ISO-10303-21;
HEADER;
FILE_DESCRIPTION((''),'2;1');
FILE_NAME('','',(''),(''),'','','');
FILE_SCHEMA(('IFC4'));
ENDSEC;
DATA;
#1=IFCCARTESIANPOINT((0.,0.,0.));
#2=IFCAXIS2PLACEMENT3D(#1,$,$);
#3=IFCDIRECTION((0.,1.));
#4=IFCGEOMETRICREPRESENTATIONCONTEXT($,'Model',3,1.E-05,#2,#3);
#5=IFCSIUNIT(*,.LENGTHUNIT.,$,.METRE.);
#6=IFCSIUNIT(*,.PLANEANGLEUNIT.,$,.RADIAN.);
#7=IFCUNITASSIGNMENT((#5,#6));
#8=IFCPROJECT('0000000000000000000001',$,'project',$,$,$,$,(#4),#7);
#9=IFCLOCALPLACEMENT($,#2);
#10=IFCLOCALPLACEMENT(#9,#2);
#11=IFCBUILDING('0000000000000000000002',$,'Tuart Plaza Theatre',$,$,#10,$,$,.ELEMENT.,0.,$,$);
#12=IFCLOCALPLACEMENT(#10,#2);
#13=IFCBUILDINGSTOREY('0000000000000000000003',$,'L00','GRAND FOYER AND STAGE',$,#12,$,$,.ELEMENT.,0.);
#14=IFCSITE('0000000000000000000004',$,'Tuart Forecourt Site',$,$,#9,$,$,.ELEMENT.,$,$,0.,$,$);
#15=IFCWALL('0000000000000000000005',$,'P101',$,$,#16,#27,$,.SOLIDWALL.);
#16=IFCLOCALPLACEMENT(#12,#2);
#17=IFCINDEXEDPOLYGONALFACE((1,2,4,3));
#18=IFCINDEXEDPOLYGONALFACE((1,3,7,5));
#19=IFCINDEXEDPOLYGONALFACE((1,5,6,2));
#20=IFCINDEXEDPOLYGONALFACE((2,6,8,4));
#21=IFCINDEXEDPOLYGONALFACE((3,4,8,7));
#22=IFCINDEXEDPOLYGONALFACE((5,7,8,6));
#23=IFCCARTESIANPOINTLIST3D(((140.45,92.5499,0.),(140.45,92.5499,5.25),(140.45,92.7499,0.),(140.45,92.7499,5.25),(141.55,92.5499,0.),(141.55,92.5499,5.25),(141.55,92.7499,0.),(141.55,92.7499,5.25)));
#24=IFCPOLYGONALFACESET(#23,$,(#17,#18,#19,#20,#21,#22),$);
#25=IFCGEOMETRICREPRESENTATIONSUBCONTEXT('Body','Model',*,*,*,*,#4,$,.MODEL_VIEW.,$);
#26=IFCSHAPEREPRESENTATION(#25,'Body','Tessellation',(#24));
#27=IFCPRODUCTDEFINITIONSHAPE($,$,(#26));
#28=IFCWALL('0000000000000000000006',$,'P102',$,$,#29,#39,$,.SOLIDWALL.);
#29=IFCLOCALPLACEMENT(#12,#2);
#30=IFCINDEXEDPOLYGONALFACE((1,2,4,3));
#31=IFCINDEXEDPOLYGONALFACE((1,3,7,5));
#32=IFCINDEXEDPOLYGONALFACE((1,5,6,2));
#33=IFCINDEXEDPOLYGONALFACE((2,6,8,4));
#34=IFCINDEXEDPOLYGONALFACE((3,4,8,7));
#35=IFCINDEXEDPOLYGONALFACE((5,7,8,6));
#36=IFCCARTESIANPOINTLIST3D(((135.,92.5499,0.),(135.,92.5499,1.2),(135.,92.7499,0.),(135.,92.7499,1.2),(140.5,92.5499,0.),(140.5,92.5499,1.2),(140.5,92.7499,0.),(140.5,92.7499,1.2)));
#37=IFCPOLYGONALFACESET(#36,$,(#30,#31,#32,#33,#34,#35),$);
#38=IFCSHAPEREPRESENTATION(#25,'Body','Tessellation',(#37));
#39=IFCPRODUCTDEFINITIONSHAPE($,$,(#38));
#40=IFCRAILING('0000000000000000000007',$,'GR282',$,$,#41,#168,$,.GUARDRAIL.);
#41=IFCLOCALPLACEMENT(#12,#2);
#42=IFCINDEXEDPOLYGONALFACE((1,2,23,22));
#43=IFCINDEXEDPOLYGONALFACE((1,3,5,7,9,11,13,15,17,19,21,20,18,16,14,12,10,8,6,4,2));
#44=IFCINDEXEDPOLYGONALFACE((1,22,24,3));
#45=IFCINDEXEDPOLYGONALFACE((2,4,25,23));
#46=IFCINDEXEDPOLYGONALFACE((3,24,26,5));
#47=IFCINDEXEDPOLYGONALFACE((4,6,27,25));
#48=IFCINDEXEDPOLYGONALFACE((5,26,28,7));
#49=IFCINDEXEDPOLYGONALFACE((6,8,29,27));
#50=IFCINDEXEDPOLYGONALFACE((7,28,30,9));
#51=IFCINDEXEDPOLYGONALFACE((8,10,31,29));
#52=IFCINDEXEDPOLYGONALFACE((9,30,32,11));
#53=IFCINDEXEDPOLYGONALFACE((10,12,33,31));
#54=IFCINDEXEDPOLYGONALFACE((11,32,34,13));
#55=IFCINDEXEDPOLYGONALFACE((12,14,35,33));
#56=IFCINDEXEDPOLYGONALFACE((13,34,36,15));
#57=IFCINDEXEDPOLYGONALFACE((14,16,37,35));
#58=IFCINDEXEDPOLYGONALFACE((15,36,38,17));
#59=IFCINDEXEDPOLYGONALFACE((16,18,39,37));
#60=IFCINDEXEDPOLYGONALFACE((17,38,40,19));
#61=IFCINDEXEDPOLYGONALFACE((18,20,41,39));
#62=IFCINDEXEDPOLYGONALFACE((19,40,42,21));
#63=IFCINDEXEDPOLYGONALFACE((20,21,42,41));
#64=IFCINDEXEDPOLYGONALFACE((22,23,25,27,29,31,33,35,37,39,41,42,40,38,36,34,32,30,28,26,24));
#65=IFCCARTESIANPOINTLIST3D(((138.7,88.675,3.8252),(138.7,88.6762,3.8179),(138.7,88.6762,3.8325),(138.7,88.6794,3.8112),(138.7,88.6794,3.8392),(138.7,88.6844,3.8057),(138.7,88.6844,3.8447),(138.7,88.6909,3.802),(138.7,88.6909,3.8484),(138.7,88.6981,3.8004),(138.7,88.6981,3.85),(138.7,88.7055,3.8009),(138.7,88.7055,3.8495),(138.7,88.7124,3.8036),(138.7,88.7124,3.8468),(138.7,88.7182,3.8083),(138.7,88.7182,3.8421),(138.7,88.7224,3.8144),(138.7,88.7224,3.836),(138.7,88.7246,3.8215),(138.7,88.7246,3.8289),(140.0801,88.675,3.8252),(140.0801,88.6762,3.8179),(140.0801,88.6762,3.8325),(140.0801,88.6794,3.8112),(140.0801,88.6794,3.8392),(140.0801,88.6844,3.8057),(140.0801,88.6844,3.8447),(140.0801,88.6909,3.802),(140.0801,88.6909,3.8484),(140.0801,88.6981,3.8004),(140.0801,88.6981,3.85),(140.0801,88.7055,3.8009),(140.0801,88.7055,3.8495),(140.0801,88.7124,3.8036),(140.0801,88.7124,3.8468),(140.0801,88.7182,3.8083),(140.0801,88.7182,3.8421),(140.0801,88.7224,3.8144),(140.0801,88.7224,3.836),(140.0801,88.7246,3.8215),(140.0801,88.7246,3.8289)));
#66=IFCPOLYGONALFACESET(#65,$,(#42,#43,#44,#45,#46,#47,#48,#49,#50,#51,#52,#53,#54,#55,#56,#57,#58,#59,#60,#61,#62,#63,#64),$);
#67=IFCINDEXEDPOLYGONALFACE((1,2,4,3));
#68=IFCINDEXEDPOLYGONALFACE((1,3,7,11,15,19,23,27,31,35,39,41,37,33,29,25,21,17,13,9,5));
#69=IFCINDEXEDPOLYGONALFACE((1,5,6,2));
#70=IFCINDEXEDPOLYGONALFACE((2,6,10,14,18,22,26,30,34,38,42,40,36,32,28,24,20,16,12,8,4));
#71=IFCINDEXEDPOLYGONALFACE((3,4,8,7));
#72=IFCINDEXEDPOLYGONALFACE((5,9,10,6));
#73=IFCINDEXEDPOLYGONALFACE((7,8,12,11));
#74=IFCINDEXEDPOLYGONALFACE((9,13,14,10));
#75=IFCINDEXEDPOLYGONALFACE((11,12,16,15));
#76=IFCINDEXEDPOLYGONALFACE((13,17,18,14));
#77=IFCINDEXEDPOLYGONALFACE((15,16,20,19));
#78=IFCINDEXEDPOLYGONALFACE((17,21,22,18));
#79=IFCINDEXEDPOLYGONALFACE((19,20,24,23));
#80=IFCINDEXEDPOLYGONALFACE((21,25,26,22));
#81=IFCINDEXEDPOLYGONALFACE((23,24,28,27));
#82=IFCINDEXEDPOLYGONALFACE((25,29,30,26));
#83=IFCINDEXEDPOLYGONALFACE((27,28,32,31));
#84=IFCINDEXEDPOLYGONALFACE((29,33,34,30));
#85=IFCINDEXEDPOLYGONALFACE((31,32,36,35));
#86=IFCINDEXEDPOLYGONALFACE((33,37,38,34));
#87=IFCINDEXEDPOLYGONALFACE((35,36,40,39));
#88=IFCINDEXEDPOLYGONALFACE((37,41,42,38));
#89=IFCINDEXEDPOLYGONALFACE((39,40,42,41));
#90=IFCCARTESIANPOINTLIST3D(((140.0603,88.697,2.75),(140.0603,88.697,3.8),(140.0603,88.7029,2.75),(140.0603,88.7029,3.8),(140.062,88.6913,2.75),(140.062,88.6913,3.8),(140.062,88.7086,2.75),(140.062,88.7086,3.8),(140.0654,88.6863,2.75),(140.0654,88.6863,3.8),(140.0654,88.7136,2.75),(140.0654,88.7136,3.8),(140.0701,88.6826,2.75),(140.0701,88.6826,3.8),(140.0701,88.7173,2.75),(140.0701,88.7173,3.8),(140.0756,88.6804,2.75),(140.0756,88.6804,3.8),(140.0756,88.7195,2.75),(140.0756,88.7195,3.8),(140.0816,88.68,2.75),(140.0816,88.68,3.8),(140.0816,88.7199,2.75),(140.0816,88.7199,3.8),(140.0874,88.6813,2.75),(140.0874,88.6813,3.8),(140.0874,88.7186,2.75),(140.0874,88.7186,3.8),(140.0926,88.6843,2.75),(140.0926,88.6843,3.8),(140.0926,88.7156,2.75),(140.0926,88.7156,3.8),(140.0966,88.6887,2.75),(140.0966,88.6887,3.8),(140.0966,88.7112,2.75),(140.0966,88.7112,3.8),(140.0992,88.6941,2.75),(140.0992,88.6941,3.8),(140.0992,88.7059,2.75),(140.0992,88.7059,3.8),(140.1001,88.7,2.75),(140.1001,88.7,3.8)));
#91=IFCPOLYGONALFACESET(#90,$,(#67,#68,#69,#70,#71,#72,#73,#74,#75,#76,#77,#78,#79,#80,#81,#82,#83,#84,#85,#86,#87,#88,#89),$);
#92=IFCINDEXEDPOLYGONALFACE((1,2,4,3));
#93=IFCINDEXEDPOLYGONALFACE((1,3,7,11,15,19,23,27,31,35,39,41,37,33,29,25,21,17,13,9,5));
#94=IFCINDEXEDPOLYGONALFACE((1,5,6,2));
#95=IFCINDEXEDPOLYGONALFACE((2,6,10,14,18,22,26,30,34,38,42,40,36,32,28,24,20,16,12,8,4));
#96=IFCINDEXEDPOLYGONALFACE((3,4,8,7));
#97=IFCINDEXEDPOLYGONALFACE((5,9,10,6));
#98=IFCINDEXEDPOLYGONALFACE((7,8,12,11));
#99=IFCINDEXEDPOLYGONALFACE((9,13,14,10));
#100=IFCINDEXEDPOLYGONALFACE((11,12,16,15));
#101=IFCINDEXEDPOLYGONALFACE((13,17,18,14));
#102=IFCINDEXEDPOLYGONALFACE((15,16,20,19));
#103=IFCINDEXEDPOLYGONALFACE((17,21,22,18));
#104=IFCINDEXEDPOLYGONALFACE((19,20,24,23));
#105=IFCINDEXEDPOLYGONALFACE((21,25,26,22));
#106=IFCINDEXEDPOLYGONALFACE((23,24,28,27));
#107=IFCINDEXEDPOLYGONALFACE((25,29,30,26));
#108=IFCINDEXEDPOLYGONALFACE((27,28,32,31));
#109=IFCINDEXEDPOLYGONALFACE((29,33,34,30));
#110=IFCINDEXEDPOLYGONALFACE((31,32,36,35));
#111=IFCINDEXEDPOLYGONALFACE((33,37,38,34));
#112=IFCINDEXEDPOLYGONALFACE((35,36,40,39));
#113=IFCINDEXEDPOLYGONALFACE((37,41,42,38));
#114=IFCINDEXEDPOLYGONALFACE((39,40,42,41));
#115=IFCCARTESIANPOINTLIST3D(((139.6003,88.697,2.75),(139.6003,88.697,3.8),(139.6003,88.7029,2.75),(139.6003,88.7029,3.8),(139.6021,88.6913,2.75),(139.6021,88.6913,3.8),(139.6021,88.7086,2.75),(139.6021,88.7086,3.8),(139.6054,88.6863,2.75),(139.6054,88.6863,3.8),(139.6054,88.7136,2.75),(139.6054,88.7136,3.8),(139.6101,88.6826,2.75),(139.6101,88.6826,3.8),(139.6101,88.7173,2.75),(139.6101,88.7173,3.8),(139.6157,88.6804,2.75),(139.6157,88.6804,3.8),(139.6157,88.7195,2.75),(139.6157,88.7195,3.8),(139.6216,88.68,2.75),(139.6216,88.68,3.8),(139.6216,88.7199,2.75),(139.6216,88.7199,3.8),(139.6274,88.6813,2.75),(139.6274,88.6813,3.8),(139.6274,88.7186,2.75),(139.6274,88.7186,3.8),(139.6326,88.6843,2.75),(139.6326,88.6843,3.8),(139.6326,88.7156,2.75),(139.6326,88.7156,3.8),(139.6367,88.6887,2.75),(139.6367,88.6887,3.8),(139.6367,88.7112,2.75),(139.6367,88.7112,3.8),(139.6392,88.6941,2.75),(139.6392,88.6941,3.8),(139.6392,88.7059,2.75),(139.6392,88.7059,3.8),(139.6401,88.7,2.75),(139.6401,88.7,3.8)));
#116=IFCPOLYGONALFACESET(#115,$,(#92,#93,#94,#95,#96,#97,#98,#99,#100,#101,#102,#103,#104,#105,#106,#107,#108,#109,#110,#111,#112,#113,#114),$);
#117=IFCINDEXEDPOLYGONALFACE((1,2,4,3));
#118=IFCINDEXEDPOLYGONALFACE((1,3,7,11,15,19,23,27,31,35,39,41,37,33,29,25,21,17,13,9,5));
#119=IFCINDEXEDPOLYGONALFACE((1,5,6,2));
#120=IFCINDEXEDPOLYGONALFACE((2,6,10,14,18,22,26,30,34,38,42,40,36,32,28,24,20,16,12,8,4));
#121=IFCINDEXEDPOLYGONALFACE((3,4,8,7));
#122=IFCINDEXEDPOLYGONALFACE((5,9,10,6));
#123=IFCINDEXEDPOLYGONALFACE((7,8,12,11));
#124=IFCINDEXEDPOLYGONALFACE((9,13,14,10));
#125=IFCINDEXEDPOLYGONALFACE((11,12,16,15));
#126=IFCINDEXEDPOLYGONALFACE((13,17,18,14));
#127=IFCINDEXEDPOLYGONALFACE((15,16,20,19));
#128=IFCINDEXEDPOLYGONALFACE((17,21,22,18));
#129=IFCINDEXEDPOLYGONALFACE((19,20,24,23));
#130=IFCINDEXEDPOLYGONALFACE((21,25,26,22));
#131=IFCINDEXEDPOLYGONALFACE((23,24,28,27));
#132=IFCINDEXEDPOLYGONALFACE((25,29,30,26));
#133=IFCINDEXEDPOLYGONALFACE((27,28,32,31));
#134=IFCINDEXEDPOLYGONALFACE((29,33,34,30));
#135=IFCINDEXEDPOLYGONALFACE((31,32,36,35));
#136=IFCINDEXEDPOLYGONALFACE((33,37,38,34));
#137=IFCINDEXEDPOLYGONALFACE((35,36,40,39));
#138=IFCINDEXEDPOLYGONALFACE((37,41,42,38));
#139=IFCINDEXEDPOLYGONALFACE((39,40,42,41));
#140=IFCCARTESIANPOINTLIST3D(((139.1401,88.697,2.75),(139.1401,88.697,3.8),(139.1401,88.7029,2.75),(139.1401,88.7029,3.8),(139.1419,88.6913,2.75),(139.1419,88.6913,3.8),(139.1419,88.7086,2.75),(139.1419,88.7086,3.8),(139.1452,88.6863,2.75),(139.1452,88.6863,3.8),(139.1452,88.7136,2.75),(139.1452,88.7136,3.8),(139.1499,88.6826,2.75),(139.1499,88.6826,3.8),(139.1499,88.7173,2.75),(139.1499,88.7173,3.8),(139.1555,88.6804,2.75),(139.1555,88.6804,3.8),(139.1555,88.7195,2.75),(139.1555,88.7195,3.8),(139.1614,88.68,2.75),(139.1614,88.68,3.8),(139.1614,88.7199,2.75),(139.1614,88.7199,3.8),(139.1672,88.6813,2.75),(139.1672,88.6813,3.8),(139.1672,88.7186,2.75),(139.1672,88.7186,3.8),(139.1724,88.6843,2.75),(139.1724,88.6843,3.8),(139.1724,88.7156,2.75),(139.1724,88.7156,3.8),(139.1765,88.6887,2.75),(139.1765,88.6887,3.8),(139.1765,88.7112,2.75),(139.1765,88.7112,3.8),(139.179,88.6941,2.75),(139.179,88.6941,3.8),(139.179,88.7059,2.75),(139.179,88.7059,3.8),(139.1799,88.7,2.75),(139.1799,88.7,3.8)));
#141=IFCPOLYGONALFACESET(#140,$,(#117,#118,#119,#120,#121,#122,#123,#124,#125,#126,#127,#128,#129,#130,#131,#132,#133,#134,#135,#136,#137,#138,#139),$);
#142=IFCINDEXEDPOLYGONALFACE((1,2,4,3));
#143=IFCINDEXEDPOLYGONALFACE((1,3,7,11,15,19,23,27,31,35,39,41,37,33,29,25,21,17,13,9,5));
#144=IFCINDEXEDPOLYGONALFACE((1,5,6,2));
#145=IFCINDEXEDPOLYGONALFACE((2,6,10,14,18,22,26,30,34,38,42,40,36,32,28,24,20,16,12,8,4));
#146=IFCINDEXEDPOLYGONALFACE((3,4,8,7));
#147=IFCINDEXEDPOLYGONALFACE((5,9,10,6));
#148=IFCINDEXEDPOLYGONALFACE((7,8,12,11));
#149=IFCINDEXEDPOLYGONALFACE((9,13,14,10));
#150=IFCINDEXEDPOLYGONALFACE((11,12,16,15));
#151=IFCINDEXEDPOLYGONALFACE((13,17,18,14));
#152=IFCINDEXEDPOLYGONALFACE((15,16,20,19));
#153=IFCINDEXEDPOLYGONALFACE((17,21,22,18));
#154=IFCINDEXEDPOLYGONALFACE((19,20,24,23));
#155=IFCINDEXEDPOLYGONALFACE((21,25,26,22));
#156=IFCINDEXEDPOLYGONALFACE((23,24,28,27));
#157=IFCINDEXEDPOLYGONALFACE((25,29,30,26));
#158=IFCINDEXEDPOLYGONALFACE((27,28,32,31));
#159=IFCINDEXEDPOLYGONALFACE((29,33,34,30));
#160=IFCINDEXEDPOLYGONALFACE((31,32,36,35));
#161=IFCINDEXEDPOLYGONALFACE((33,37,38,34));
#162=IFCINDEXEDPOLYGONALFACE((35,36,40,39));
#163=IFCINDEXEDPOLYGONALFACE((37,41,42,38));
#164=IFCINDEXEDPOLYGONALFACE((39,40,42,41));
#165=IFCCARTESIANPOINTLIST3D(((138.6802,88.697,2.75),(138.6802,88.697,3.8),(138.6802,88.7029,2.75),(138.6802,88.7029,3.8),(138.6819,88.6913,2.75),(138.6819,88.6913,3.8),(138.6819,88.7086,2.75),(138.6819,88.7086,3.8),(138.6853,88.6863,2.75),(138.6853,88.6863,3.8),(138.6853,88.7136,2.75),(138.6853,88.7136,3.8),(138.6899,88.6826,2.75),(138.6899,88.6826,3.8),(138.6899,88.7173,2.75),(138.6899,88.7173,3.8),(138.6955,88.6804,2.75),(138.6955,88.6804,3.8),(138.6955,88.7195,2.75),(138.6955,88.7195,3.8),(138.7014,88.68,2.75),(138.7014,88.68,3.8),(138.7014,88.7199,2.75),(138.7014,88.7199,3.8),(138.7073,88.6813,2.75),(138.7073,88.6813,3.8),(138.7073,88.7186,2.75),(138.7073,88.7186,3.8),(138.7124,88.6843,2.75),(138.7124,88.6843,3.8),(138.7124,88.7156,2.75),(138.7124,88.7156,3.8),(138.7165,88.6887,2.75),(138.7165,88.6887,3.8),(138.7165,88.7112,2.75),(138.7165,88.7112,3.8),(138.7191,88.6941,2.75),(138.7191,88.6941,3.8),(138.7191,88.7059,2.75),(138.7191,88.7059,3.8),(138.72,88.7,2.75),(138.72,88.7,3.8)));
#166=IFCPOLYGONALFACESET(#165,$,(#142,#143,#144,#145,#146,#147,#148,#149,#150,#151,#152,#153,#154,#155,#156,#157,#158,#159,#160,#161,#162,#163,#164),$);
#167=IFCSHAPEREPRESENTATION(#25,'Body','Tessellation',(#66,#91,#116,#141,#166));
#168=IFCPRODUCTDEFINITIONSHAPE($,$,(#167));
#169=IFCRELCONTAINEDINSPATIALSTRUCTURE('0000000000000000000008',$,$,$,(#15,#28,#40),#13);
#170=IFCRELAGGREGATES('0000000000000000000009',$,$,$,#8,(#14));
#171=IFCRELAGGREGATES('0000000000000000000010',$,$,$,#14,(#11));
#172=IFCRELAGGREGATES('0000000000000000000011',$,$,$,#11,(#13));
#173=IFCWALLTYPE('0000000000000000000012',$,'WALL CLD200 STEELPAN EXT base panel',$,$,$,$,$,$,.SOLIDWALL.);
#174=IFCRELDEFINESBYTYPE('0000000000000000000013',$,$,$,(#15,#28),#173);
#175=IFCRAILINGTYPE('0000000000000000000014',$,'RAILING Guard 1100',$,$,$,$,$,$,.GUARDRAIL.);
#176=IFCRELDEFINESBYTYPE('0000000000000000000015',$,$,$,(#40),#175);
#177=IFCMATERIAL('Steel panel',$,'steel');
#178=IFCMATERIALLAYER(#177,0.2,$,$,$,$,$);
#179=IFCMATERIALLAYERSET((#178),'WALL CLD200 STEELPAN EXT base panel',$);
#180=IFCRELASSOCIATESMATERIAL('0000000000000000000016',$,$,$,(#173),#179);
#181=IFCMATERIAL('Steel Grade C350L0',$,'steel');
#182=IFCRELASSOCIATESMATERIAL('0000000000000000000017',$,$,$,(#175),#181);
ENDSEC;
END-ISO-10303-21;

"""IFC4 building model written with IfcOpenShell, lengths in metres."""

from ifc_helpers import new_model, si_unit, direction, frame, frame_2d, origin, origin_2d, place, context, subcontext, project, spatial, rectangle, circle, extrude, material, layer, layer_set, type_object, element, save


model = new_model("IFC4")

# Units and contexts
model_context = context("Model", 3, precision=1e-05, world=origin(), true_north=direction((0.0, 1.0)))
body_context = subcontext(model_context, "Body", "Model", "MODEL_VIEW")
ifc_project = project(units=[si_unit("LENGTHUNIT", "METRE"), si_unit("PLANEANGLEUNIT", "RADIAN")], contexts=[model_context])

# Site, building, storey
site_placement = place(None, origin())
site = spatial("IfcSite", under=ifc_project, at=site_placement, Name="Tuart Forecourt Site", CompositionType="ELEMENT", RefElevation=0.0)
building_placement = place(site_placement, origin())
building = spatial("IfcBuilding", under=site, at=building_placement, Name="Tuart Plaza Theatre", CompositionType="ELEMENT", ElevationOfRefHeight=0.0)
storey_placement = place(building_placement, origin())
storey = spatial("IfcBuildingStorey", under=building, at=storey_placement, Name="L00", Description="GRAND FOYER AND STAGE", CompositionType="ELEMENT", Elevation=0.0)

# Walls
ifc_material_1 = material(Name="Steel panel", Category="steel")
ifc_layer_1 = layer(ifc_material_1, 0.2)
ifc_layer_set_1 = layer_set([ifc_layer_1], Name="WALL CLD200 STEELPAN EXT base panel")
wall_type_1 = type_object("IfcWallType", Name="WALL CLD200 STEELPAN EXT base panel", PredefinedType="SOLIDWALL", material=ifc_layer_set_1)
wall_1_placement = place(storey_placement, frame((141.55, 92.6499, 0.0), z_axis=(0.0, 0.0, 1.0), x_axis=(-1.0, 0.0, 0.0)))
element("IfcWall", 1, at=wall_1_placement, inside=storey, type_object=wall_type_1, Name="P101", PredefinedType="SOLIDWALL", context=body_context, shape_type="SweptSolid", body=[
    extrude(rectangle(XDim=1.1001, YDim=0.2, at=frame_2d((0.55, 0.0))), origin(), (0.0, 0.0, 1.0), 5.25),
])
wall_2_placement = place(storey_placement, frame((140.5, 92.6499, 0.0), z_axis=(0.0, 0.0, 1.0), x_axis=(-1.0, 0.0, 0.0)))
element("IfcWall", 2, at=wall_2_placement, inside=storey, type_object=wall_type_1, Name="P102", PredefinedType="SOLIDWALL", context=body_context, shape_type="SweptSolid", body=[
    extrude(rectangle(XDim=5.5, YDim=0.2, at=frame_2d((2.75, 0.0))), origin(), (0.0, 0.0, 1.0), 1.2),
])

# Railing
ifc_material_2 = material(Name="Steel Grade C350L0", Category="steel")
railing_type_1 = type_object("IfcRailingType", Name="RAILING Guard 1100", PredefinedType="GUARDRAIL", material=ifc_material_2)
railing_1_placement = place(storey_placement, frame((140.0801, 88.7, 2.75)))
element("IfcRailing", 3, at=railing_1_placement, inside=storey, type_object=railing_type_1, Name="GR282", PredefinedType="GUARDRAIL", context=body_context, shape_type="SweptSolid", body=[
    extrude(circle(Radius=0.0249, at=origin_2d()), frame((0.0, 0.0, 1.0752), z_axis=(-1.0, 0.0, 0.0), x_axis=(0.0, -1.0, 0.0)), (0.0, 0.0, 1.0), 1.3801),
    extrude(circle(Radius=0.02, at=origin_2d()), origin(), (0.0, 0.0, 1.0), 1.05),
    extrude(circle(Radius=0.02, at=origin_2d()), frame((-0.46, 0.0, 0.0)), (0.0, 0.0, 1.0), 1.05),
    extrude(circle(Radius=0.02, at=origin_2d()), frame((-0.9202, 0.0, 0.0)), (0.0, 0.0, 1.0), 1.05),
    extrude(circle(Radius=0.02, at=origin_2d()), frame((-1.3801, 0.0, 0.0)), (0.0, 0.0, 1.0), 1.05),
])

save(model, "model.ifc")
